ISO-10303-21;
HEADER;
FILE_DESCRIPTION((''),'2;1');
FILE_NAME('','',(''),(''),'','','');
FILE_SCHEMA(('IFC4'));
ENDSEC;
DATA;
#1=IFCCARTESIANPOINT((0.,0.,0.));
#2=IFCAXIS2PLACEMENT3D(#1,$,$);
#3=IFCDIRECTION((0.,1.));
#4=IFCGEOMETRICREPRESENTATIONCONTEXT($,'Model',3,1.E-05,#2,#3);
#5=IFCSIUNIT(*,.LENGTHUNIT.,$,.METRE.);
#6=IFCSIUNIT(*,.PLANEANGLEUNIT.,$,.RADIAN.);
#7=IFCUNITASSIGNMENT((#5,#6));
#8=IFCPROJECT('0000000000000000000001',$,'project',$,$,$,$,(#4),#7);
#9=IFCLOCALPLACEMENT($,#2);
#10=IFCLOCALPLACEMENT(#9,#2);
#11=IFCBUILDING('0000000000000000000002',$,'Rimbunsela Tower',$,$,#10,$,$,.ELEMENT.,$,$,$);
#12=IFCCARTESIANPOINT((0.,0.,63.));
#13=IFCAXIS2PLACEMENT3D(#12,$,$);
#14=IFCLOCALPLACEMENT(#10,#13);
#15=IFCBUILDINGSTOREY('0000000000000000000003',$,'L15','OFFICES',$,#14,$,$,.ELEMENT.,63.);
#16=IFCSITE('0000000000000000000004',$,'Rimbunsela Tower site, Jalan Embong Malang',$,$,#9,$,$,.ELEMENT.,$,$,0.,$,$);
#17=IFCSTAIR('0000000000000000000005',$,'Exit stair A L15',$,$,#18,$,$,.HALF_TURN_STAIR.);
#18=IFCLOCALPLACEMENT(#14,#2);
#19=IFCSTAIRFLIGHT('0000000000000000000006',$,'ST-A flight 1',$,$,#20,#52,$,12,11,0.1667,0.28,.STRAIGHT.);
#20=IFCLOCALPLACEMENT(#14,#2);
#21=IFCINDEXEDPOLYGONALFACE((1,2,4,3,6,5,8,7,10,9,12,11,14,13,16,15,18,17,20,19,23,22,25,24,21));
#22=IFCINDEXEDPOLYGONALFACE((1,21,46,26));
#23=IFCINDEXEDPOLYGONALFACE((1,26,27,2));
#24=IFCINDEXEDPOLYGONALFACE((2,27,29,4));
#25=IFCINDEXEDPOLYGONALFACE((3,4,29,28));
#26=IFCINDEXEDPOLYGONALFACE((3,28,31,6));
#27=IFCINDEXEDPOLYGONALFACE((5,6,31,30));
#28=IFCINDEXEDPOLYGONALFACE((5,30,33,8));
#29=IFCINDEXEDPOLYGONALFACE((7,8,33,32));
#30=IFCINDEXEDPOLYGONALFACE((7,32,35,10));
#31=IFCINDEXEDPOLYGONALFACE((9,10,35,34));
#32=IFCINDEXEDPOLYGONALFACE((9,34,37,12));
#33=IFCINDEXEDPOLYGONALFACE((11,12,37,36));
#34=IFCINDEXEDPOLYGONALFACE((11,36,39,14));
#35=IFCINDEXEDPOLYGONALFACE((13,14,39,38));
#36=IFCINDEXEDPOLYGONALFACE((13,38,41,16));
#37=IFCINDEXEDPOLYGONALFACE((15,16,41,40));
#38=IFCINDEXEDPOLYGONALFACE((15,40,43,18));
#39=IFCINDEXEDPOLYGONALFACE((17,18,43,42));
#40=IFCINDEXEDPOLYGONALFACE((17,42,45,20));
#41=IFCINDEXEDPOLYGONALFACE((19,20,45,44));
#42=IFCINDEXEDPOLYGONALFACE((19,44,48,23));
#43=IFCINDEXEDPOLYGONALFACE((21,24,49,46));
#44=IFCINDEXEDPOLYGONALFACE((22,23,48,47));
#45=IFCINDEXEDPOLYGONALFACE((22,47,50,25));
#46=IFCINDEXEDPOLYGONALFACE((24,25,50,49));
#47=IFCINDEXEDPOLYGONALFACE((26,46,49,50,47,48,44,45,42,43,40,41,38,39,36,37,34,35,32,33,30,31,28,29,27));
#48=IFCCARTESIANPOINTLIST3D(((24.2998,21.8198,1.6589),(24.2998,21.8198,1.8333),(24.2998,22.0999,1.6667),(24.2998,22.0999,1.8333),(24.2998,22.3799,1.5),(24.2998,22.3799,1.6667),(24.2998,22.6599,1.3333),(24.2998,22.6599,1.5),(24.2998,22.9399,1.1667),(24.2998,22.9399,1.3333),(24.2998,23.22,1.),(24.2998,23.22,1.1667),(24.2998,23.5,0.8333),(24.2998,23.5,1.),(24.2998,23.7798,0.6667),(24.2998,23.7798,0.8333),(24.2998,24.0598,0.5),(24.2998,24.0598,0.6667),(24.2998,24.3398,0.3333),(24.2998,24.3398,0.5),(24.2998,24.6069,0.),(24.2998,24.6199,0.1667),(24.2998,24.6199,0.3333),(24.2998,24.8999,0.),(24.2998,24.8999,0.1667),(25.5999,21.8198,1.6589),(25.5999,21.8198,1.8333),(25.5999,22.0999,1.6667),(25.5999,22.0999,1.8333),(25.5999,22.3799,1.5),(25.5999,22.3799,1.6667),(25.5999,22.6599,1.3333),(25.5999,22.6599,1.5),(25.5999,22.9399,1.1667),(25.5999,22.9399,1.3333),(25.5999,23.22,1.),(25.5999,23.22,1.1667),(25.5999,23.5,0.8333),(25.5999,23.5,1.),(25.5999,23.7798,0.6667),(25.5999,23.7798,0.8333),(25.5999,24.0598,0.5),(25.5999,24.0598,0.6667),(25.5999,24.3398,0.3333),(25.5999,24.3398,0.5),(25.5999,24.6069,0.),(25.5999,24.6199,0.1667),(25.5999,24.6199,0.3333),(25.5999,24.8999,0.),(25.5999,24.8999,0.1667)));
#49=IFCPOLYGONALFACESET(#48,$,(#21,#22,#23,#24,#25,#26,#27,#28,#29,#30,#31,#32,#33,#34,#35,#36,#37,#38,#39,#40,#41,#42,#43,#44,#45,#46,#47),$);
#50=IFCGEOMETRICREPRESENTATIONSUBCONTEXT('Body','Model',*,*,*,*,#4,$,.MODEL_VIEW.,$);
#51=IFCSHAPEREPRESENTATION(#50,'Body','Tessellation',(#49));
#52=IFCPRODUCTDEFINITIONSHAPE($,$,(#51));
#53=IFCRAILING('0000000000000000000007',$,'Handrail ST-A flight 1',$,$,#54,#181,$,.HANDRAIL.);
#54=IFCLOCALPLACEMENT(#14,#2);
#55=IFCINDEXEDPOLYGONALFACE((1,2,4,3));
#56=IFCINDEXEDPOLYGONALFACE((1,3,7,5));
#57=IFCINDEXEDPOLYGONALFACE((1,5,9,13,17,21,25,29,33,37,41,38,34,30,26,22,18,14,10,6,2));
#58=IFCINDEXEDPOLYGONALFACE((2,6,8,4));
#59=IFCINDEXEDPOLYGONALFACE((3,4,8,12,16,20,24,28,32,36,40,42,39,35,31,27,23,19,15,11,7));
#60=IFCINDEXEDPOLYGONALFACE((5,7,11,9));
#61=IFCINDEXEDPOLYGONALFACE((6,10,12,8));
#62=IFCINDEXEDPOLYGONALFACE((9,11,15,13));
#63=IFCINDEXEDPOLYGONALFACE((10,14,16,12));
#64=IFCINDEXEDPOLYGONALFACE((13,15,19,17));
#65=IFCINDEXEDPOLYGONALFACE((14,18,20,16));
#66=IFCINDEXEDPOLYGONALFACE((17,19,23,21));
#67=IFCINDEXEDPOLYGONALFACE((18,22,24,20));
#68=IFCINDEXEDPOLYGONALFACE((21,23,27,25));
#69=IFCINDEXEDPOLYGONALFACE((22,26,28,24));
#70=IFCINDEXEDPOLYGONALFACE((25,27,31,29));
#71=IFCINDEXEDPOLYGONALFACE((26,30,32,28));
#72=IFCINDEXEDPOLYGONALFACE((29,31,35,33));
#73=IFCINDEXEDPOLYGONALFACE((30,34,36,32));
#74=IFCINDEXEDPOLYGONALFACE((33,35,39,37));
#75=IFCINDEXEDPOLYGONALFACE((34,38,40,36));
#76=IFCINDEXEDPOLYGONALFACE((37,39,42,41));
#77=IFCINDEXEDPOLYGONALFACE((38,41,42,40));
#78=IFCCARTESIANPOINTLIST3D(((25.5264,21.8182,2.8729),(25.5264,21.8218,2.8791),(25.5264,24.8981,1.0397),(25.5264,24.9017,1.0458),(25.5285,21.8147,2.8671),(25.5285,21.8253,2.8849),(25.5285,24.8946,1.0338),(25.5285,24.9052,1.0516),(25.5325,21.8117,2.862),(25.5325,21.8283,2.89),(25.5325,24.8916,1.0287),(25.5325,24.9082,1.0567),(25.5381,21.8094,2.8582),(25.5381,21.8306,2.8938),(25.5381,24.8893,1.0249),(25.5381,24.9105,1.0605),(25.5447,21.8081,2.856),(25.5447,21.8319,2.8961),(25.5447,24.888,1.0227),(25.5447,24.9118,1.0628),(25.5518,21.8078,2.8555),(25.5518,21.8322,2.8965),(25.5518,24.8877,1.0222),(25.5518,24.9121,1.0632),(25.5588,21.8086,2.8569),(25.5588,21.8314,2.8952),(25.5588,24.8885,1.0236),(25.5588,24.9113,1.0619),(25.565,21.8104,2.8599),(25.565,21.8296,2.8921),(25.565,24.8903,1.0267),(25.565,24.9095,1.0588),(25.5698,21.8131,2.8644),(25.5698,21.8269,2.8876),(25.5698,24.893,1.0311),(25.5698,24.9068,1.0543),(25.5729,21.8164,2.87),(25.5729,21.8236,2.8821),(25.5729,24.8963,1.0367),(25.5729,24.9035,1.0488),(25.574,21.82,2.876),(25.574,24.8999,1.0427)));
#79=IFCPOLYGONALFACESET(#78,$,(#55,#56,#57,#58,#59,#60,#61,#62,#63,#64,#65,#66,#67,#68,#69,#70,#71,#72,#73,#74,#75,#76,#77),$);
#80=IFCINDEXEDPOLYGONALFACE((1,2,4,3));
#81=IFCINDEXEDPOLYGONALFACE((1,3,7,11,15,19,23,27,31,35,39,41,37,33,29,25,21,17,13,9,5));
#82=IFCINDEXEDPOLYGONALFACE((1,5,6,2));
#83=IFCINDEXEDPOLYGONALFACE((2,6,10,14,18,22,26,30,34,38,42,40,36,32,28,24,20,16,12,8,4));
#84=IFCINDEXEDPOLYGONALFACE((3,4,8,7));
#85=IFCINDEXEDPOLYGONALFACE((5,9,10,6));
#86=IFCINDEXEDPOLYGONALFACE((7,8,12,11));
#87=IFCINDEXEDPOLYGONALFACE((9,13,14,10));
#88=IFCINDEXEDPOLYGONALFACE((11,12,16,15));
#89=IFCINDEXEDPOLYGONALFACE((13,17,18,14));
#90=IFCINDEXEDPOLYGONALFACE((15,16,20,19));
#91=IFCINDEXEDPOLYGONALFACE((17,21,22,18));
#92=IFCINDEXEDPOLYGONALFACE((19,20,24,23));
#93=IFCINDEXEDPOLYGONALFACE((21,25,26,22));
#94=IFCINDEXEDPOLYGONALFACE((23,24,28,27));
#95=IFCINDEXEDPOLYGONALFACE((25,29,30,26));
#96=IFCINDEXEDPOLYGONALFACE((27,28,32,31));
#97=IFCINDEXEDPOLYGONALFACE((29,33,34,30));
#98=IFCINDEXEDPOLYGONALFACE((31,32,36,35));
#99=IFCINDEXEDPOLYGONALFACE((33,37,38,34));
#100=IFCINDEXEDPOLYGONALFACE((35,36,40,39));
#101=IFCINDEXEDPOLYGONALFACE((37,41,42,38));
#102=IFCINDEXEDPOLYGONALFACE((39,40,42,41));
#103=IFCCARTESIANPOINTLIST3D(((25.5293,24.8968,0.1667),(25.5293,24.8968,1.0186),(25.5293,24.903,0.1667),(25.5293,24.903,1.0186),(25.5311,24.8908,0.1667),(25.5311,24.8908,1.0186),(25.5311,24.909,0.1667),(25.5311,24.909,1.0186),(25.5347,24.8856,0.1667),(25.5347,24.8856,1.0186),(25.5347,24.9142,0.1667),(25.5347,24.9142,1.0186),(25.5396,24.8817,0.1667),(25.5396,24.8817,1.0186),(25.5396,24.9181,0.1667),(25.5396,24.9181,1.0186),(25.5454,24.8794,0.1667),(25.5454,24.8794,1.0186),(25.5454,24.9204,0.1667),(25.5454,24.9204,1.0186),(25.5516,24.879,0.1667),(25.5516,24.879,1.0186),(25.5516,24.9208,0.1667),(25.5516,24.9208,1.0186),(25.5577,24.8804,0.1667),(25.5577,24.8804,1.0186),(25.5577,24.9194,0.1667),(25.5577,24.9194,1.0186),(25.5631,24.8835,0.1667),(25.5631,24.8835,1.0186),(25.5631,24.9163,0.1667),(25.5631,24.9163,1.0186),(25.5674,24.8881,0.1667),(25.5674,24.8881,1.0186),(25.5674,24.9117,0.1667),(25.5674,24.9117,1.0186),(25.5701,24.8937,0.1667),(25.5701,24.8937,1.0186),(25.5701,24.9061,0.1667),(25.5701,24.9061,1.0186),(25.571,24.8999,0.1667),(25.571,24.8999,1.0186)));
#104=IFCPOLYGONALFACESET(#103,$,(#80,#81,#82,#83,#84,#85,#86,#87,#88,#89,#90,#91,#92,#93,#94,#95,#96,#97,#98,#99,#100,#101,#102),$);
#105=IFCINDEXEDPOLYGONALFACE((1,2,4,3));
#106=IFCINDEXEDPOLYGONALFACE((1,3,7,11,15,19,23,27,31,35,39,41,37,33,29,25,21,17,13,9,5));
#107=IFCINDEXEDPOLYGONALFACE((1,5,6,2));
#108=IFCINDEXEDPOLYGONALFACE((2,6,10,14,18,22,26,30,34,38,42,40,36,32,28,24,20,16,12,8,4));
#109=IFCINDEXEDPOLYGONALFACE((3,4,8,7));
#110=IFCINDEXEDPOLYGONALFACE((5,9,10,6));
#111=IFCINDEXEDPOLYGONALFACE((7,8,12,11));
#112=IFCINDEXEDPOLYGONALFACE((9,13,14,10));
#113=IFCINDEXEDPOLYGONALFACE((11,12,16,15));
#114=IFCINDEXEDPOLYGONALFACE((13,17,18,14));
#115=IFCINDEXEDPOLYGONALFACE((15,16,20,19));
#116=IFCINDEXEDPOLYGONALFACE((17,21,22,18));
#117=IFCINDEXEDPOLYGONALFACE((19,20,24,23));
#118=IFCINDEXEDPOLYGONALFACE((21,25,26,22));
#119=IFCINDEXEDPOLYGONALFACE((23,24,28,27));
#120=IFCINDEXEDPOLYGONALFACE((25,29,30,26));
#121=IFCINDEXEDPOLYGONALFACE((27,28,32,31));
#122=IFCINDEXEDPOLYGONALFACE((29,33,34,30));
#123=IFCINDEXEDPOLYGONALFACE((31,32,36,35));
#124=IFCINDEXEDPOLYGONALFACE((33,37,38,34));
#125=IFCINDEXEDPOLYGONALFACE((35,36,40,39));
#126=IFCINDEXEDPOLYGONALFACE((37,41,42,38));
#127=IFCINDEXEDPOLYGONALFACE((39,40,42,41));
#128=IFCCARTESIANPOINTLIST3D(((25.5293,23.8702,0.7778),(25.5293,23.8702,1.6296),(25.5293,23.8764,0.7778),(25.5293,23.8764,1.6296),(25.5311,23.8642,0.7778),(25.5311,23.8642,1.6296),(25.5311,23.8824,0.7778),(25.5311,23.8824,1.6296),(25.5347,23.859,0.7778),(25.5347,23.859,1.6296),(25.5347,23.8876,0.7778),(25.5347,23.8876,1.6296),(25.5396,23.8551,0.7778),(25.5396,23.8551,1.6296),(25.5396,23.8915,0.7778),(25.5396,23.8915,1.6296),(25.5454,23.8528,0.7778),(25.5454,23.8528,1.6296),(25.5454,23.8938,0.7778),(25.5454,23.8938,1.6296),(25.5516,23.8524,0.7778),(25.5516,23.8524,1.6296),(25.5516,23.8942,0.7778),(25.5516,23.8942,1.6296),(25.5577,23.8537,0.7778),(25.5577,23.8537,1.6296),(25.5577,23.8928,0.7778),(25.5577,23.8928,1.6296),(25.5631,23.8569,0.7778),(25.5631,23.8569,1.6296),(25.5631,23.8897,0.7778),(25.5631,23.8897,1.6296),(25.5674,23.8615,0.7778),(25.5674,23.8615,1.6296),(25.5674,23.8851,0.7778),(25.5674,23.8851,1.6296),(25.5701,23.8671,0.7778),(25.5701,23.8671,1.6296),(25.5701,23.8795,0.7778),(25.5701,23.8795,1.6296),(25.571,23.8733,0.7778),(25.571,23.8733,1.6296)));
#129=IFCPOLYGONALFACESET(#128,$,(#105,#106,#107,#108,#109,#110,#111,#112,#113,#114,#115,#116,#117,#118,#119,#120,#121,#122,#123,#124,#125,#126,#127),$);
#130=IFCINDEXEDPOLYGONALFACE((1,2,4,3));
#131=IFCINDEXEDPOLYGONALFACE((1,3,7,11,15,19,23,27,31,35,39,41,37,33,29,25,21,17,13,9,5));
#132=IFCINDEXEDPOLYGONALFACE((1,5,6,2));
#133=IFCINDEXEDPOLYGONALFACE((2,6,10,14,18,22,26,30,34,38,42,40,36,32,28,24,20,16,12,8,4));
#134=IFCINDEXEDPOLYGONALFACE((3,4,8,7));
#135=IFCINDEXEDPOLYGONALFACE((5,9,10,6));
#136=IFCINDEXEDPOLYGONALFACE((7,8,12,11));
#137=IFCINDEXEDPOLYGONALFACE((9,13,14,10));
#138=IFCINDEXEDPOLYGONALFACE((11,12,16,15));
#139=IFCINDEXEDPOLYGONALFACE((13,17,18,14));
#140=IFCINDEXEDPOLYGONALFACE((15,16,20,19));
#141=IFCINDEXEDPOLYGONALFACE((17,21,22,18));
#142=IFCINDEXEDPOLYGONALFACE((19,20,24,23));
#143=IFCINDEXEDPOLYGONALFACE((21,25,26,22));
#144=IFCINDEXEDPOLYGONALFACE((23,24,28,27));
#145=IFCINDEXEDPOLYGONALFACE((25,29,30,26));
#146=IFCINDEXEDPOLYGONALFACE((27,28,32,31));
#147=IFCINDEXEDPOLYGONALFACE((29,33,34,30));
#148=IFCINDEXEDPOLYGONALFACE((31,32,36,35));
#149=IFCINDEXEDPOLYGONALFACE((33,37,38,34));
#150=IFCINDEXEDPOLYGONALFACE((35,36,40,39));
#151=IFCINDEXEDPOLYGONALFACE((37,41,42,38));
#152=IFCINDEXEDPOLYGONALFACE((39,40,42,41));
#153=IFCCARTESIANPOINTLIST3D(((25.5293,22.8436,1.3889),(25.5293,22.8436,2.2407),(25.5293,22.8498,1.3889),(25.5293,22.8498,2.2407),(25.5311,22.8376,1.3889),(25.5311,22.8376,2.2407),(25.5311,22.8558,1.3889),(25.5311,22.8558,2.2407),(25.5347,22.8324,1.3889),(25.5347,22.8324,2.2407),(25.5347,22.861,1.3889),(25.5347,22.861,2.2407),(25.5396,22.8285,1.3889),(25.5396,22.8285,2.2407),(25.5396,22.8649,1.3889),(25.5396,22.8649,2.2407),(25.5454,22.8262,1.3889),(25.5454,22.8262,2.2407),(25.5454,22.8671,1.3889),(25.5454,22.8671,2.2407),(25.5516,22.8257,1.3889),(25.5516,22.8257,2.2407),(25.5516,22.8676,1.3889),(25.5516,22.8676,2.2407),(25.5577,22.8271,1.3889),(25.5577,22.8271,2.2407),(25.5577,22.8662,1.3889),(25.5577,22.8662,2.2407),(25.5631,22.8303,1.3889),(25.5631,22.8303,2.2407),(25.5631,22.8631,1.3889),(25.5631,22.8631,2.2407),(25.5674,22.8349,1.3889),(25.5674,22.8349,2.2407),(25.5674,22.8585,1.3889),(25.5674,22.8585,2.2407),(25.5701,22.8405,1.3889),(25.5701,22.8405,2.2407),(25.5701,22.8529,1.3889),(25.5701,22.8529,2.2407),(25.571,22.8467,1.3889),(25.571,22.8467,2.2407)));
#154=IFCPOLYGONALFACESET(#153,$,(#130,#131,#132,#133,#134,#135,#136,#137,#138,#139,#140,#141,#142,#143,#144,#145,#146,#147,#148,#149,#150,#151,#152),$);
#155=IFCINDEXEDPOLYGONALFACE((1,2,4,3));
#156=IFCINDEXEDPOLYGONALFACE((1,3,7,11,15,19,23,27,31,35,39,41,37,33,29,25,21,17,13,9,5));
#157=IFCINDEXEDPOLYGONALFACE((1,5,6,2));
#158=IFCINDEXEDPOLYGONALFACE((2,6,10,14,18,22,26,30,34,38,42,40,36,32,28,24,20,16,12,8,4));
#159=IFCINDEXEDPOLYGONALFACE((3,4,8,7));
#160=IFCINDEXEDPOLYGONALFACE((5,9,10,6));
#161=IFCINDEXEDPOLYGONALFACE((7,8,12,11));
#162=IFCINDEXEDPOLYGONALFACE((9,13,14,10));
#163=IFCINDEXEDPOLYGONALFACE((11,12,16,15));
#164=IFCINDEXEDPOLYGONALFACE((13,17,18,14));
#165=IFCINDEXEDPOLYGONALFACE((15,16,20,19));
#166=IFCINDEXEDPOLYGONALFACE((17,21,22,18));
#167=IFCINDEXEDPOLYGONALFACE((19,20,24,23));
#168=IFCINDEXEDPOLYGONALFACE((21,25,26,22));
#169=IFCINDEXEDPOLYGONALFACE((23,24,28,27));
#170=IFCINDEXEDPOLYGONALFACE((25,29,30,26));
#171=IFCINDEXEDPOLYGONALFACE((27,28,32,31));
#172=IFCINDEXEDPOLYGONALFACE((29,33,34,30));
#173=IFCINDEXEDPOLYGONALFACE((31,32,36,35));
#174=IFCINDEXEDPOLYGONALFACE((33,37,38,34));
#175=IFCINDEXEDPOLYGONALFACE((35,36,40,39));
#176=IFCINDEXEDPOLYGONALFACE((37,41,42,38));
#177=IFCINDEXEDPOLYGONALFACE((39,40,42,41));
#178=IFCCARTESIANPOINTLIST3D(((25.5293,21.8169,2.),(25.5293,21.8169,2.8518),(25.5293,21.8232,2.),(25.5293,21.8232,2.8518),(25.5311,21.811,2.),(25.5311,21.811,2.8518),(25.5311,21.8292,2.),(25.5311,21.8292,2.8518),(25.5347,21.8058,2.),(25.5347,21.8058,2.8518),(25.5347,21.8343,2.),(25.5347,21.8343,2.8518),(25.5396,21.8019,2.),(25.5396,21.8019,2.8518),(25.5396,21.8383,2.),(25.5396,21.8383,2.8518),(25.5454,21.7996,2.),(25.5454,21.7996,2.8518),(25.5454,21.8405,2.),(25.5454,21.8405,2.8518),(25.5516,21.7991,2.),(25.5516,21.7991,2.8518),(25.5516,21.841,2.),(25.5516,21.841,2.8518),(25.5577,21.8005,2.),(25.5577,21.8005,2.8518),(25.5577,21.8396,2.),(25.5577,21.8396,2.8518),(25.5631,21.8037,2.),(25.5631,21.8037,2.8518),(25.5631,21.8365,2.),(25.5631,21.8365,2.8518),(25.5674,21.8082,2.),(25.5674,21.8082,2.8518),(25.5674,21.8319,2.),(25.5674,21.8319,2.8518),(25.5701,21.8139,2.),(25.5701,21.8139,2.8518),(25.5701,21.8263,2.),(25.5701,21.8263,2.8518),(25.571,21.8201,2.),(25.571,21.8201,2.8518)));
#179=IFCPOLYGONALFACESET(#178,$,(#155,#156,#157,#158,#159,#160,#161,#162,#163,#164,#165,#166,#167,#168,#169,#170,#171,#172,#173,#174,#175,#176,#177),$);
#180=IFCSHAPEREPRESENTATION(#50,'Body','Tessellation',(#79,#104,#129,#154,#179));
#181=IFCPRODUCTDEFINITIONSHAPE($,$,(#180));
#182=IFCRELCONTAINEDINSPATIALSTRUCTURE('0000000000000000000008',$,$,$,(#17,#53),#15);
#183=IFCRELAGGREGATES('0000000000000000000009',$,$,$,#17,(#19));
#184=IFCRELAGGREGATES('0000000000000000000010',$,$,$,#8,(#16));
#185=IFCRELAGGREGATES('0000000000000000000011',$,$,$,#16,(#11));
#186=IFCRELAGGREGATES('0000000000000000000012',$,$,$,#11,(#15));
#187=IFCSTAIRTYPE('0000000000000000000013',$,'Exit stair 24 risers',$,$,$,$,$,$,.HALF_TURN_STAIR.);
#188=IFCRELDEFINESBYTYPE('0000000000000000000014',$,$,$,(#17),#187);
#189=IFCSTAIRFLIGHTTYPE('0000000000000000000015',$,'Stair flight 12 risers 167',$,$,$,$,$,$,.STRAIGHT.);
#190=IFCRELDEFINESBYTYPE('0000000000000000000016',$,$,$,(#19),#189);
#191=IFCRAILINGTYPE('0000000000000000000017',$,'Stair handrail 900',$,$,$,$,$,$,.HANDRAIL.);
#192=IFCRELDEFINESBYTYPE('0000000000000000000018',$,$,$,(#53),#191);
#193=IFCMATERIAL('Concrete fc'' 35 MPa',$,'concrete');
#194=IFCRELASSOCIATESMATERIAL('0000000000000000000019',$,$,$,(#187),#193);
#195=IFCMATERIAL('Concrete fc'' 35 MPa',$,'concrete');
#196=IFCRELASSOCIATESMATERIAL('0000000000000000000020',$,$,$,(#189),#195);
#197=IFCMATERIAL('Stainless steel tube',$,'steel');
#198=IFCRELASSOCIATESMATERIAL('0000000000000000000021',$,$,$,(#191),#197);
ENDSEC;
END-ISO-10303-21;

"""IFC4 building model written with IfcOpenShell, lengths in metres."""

from ifc_helpers import new_model, si_unit, direction, frame, origin, origin_2d, place, context, subcontext, project, spatial, polyline, circle, outline, extrude, material, type_object, element, aggregate, save


model = new_model("IFC4")

# Units and contexts
model_context = context("Model", 3, precision=1e-05, world=origin(), true_north=direction((0.0, 1.0)))
body_context = subcontext(model_context, "Body", "Model", "MODEL_VIEW")
ifc_project = project(units=[si_unit("LENGTHUNIT", "METRE"), si_unit("PLANEANGLEUNIT", "RADIAN")], contexts=[model_context])

# Site, building, storey
site_placement = place(None, origin())
site = spatial("IfcSite", under=ifc_project, at=site_placement, Name="Rimbunsela Tower site, Jalan Embong Malang", CompositionType="ELEMENT", RefElevation=0.0)
building_placement = place(site_placement, origin())
building = spatial("IfcBuilding", under=site, at=building_placement, Name="Rimbunsela Tower", CompositionType="ELEMENT")
storey_placement = place(building_placement, frame((0.0, 0.0, 63.0)))
storey = spatial("IfcBuildingStorey", under=building, at=storey_placement, Name="L15", Description="OFFICES", CompositionType="ELEMENT", Elevation=63.0)

# Stair, stair flight
ifc_material_1 = material(Name="Concrete fc' 35 MPa", Category="concrete")
stair_type = type_object("IfcStairType", Name="Exit stair 24 risers", PredefinedType="HALF_TURN_STAIR", material=ifc_material_1)
stair_placement = place(storey_placement, origin())
stair = element("IfcStair", 1, at=stair_placement, inside=storey, type_object=stair_type, Name="Exit stair A L15", PredefinedType="HALF_TURN_STAIR")
ifc_material_2 = material(Name="Concrete fc' 35 MPa", Category="concrete")
stair_flight_type = type_object("IfcStairFlightType", Name="Stair flight 12 risers 167", PredefinedType="STRAIGHT", material=ifc_material_2)
stair_flight_placement = place(storey_placement, frame((24.95, 24.8999, 0.0), z_axis=(0.0, 0.0, 1.0), x_axis=(0.0, -1.0, 0.0)))
stair_flight = element("IfcStairFlight", 2, at=stair_flight_placement, type_object=stair_flight_type, Name="ST-A flight 1", NumberOfRisers=12, NumberOfTreads=11, PredefinedType="STRAIGHT", RiserHeight=0.1667, TreadLength=0.28, context=body_context, shape_type="SweptSolid", body=[
    extrude(outline(polyline([(0.0, 0.0), (0.0, 0.1667), (0.28, 0.1667), (0.28, 0.3333), (0.5601, 0.3333), (0.5601, 0.5), (0.8401, 0.5), (0.8401, 0.6667), (1.1201, 0.6667), (1.1201, 0.8333), (1.3999, 0.8333), (1.3999, 1.0), (1.6799, 1.0), (1.6799, 1.1667), (1.96, 1.1667), (1.96, 1.3333), (2.24, 1.3333), (2.24, 1.5), (2.52, 1.5), (2.52, 1.6667), (2.8, 1.6667), (2.8, 1.8333), (3.0801, 1.8333), (3.0801, 2.0), (3.0801, 1.6589), (0.293, 0.0), (0.0, 0.0)])), frame((0.0, 0.6499, 0.0), z_axis=(0.0, -1.0, 0.0), x_axis=(1.0, 0.0, 0.0)), (0.0, 0.0, 1.0), 1.3),
])
aggregate(stair, [stair_flight])

# Railing
ifc_material_3 = material(Name="Stainless steel tube", Category="steel")
railing_type = type_object("IfcRailingType", Name="Stair handrail 900", PredefinedType="HANDRAIL", material=ifc_material_3)
railing_placement = place(storey_placement, frame((25.55, 24.8999, 0.1667)))
element("IfcRailing", 3, at=railing_placement, inside=storey, type_object=railing_type, Name="Handrail ST-A flight 1", PredefinedType="HANDRAIL", context=body_context, shape_type="SweptSolid", body=[
    extrude(circle(Radius=0.0239, at=origin_2d()), frame((0.0, 0.0, 0.876), z_axis=(0.0, -0.859291, 0.511487), x_axis=(1.0, 0.0, 0.0)), (0.0, 0.0, 1.0), 3.5842),
    extrude(circle(Radius=0.021, at=origin_2d()), origin(), (0.0, 0.0, 1.0), 0.8518),
    extrude(circle(Radius=0.021, at=origin_2d()), frame((0.0, -1.0266, 0.6111)), (0.0, 0.0, 1.0), 0.8518),
    extrude(circle(Radius=0.021, at=origin_2d()), frame((0.0, -2.0532, 1.2222)), (0.0, 0.0, 1.0), 0.8518),
    extrude(circle(Radius=0.021, at=origin_2d()), frame((0.0, -3.0798, 1.8333)), (0.0, 0.0, 1.0), 0.8518),
])

save(model, "model.ifc")
